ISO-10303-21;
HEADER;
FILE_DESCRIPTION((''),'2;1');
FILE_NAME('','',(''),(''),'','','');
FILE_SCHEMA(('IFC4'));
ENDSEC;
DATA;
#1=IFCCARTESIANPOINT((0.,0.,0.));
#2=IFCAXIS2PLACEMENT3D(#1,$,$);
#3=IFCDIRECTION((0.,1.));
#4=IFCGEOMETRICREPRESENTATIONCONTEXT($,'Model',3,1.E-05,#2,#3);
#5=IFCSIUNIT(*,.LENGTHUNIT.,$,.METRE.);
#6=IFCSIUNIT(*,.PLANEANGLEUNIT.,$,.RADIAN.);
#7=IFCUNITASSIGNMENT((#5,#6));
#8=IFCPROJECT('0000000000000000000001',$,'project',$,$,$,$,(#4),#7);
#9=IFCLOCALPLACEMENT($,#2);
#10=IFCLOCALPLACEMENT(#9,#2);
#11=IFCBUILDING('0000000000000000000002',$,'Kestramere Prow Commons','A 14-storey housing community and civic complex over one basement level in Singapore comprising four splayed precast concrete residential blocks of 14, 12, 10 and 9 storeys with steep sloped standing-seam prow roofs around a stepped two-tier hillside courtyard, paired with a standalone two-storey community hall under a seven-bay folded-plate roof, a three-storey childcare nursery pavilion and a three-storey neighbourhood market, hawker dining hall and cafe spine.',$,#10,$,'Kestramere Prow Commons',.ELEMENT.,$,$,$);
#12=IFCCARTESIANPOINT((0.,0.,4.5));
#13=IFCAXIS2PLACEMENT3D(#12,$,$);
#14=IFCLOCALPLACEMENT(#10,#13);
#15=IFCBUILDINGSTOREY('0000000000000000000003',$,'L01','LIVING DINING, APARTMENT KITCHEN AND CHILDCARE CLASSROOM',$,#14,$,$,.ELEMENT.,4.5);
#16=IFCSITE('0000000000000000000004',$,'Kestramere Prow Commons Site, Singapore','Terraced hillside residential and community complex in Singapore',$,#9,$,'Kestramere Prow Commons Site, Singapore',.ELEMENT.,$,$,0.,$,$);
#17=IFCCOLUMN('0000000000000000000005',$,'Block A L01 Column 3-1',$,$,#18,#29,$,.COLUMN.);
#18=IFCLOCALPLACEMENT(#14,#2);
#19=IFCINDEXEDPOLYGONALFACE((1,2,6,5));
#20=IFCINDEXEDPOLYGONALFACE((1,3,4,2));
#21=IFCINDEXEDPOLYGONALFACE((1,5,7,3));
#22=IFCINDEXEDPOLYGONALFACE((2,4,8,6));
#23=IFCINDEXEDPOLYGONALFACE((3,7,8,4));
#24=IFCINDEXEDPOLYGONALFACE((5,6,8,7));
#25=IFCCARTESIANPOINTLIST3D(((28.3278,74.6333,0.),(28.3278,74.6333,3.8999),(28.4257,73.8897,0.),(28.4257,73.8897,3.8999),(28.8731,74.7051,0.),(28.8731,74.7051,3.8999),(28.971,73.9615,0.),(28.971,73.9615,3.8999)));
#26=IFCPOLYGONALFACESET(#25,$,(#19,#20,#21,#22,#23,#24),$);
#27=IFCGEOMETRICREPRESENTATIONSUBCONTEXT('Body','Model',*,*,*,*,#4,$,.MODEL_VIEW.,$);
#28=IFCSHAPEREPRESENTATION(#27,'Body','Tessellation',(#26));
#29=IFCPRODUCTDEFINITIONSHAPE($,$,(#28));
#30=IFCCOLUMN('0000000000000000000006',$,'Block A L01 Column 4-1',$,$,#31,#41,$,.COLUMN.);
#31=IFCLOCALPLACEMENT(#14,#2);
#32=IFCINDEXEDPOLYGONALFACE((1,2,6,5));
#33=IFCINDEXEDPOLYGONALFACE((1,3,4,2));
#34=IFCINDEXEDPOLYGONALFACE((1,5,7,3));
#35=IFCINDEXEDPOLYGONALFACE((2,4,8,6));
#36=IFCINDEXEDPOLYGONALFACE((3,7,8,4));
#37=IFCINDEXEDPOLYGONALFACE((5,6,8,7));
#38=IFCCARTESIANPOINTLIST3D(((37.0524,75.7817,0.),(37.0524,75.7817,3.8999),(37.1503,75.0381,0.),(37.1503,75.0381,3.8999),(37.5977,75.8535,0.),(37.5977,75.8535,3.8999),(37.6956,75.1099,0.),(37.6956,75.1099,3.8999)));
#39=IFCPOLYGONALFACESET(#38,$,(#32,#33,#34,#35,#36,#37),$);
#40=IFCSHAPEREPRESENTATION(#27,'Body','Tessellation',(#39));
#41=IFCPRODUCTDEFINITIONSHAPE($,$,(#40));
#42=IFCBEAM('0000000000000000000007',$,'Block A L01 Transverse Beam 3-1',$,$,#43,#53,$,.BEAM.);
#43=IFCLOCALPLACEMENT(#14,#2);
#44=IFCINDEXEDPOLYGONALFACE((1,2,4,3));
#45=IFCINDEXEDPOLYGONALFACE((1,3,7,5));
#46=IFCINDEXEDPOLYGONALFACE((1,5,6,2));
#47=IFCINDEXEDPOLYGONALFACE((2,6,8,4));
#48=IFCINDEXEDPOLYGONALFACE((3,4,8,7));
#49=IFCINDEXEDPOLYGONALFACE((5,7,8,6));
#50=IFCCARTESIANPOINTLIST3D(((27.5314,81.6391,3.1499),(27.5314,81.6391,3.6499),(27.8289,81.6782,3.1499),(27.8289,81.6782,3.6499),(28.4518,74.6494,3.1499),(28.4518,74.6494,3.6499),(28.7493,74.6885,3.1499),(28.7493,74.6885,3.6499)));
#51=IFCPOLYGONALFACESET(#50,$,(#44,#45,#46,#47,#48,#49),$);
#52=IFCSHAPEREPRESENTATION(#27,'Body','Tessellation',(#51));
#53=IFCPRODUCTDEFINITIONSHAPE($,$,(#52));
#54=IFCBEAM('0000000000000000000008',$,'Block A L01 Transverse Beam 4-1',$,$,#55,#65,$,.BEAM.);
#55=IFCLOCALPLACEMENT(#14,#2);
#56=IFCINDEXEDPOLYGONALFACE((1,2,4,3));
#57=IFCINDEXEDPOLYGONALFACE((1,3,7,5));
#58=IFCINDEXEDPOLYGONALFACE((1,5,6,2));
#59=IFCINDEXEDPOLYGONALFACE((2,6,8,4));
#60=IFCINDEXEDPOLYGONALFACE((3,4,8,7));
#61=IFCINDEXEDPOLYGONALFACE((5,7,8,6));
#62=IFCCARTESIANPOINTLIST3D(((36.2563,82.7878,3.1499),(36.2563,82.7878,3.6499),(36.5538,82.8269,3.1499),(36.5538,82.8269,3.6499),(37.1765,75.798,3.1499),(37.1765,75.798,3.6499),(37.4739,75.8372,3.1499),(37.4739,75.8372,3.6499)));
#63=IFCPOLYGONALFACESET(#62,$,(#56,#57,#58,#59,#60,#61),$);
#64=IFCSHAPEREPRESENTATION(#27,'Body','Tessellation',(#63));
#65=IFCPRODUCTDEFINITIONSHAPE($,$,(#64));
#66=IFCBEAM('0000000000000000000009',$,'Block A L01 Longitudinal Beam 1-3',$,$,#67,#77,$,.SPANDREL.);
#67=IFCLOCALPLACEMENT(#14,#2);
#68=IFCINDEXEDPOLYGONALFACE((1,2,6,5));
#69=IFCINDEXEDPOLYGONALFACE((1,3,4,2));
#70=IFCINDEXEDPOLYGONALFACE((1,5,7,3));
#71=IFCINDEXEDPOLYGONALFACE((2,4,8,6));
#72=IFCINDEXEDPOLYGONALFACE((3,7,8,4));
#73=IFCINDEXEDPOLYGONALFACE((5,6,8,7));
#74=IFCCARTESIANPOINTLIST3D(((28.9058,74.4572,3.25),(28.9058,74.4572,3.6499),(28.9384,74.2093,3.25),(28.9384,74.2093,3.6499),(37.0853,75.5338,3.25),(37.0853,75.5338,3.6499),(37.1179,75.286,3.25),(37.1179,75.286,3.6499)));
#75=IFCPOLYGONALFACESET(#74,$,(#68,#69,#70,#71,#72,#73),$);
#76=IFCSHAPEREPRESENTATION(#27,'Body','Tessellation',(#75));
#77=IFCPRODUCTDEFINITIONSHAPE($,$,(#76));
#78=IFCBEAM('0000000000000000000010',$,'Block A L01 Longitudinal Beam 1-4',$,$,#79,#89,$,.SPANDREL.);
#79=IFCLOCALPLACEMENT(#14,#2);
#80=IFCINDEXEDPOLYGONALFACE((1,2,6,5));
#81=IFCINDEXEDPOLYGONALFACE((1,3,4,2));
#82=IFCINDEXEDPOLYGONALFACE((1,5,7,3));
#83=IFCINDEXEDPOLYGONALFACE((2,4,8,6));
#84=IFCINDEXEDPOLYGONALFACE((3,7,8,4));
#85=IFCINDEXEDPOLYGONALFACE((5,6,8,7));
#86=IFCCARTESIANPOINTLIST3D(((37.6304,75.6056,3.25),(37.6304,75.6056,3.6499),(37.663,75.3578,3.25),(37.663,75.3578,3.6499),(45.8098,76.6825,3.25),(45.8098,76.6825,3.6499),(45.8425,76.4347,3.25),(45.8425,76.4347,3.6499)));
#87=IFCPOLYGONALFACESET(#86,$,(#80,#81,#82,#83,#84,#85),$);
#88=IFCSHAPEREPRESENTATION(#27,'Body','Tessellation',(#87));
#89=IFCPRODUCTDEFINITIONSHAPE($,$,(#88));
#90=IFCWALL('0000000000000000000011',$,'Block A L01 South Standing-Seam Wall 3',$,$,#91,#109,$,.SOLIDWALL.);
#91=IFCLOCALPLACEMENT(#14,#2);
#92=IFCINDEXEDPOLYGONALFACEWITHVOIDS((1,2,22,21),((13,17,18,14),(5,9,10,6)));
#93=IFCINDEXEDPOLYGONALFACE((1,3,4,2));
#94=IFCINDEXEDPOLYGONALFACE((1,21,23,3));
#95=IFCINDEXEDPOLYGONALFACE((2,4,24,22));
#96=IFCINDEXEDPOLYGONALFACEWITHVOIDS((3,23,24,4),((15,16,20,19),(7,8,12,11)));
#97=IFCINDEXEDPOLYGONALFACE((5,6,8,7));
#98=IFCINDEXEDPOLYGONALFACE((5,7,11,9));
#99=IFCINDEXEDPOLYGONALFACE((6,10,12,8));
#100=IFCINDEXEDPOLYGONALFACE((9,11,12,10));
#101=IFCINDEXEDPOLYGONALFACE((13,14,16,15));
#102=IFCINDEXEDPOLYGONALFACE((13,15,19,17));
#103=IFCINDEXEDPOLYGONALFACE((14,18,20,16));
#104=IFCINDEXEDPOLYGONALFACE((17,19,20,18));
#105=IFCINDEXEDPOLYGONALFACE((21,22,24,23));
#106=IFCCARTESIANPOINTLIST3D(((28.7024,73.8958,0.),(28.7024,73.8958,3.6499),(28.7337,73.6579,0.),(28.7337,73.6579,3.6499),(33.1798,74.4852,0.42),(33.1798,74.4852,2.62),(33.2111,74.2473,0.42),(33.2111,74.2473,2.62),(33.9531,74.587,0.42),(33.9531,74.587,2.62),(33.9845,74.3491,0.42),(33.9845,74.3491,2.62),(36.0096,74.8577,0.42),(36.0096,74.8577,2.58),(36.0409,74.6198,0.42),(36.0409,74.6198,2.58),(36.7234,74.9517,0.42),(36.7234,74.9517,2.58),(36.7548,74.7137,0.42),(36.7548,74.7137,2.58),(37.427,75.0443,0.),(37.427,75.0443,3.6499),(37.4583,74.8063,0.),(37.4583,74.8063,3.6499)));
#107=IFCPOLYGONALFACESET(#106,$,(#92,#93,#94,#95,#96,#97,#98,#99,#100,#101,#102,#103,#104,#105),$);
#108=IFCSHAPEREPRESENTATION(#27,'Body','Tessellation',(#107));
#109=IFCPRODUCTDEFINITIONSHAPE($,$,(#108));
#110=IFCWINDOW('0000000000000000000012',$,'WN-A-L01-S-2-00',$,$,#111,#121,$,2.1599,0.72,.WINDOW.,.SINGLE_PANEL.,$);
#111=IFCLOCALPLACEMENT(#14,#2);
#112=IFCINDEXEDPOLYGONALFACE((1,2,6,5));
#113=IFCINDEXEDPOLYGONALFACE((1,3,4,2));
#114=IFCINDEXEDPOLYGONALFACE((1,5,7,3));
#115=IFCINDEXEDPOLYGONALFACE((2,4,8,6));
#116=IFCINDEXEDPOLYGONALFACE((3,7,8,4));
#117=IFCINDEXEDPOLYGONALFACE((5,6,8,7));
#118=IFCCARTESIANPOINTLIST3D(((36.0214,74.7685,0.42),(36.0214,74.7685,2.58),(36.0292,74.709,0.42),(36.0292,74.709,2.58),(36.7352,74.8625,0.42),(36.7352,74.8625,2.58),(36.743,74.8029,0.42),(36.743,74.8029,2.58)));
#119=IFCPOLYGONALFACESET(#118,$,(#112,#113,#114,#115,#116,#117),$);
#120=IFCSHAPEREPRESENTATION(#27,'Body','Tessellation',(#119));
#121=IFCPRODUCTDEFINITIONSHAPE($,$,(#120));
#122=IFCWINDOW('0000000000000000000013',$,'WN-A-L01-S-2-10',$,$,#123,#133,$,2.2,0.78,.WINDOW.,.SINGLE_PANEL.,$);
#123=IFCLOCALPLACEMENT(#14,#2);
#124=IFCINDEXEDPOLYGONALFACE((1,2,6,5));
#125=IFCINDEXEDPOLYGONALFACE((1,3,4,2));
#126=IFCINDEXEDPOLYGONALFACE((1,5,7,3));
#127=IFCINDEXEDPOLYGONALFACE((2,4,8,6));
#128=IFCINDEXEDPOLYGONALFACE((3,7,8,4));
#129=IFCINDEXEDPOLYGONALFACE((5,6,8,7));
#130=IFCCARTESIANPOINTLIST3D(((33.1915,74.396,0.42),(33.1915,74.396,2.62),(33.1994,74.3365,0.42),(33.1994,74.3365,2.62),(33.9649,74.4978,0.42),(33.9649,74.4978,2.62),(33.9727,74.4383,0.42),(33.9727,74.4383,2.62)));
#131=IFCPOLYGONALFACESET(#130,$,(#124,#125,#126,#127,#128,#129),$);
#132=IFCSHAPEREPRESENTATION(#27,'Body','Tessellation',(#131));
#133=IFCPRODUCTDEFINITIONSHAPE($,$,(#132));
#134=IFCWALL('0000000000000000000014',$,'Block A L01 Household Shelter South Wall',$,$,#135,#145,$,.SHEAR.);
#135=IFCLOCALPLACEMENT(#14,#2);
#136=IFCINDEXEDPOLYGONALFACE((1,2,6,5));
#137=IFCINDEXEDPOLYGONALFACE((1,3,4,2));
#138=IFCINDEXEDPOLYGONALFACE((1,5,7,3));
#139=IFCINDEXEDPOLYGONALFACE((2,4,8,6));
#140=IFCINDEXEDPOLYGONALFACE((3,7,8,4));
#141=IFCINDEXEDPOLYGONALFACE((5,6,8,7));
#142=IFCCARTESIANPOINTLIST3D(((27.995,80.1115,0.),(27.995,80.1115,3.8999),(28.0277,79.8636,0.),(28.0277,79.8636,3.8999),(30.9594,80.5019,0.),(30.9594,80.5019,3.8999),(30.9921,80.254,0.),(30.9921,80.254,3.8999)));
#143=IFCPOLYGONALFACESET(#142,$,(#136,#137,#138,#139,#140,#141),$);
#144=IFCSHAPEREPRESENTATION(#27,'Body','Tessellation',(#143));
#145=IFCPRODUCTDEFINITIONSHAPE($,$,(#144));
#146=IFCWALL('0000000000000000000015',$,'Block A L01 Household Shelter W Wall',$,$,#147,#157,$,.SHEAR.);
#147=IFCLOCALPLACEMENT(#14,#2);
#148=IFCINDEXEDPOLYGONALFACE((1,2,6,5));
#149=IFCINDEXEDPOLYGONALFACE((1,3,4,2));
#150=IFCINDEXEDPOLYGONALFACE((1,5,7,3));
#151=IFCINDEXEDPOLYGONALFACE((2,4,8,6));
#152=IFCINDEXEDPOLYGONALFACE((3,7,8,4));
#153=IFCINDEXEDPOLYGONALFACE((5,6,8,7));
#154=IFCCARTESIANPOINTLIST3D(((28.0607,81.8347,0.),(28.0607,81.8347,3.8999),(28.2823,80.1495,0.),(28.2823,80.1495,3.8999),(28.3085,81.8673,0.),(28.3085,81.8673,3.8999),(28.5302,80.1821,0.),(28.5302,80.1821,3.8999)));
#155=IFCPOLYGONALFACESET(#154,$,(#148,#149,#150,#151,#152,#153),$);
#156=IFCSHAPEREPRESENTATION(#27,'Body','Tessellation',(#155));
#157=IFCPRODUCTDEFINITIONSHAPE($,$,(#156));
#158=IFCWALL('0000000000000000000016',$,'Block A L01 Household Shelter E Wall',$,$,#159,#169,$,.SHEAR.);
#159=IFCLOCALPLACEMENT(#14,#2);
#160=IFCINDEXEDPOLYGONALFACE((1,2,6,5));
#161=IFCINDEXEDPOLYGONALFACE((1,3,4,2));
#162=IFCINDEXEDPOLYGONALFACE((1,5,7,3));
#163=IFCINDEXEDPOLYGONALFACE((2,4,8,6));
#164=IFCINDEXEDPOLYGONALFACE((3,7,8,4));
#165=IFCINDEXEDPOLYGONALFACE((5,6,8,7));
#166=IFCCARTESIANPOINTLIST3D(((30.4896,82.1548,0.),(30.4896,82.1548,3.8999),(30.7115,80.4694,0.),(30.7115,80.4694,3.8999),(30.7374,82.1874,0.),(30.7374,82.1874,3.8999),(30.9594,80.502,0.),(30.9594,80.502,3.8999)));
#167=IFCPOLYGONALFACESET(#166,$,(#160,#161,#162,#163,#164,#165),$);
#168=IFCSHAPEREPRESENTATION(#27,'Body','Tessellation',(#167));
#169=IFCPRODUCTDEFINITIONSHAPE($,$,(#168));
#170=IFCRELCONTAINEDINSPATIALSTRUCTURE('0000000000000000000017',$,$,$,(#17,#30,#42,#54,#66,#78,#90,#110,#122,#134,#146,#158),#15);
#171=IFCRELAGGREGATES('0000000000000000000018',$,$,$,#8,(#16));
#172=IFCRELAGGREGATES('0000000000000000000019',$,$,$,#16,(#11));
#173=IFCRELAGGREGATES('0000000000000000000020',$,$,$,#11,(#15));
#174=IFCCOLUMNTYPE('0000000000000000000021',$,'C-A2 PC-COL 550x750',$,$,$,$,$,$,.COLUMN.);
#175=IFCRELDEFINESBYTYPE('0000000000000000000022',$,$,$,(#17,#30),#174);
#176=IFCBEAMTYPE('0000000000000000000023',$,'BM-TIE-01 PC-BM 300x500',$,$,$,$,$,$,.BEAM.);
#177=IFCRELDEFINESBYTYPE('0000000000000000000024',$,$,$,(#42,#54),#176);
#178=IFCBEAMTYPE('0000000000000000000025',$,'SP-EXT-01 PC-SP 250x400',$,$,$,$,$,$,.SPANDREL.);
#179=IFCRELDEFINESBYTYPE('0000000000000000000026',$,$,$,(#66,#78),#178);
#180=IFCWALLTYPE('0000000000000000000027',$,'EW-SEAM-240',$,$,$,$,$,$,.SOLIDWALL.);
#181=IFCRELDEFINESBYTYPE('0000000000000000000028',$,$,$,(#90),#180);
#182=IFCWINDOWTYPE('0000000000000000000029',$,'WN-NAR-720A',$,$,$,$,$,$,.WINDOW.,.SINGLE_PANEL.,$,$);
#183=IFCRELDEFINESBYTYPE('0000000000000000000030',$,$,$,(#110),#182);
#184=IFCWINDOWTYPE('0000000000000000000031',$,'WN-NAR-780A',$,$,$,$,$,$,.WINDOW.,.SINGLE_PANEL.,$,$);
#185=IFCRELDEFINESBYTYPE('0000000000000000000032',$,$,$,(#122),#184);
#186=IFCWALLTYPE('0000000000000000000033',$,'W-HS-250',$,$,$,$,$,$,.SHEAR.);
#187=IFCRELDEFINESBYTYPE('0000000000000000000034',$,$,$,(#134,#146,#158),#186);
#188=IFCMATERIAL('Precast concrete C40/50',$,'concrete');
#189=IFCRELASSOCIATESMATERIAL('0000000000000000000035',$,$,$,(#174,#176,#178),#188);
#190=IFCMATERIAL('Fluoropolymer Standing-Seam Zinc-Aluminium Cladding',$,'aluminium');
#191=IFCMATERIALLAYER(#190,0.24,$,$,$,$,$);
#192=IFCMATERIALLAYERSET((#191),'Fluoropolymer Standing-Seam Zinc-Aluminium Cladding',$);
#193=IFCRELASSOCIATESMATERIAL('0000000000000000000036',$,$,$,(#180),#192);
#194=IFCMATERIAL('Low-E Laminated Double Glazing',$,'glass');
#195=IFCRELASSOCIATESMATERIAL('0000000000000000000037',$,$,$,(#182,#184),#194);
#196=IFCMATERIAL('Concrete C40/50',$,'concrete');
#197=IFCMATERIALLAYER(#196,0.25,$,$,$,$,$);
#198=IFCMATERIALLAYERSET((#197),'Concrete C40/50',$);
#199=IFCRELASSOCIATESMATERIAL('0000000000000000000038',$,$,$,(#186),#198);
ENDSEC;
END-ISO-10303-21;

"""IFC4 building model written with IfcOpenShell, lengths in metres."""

from ifc_helpers import new_model, si_unit, direction, frame, frame_2d, origin, origin_2d, place, context, subcontext, project, spatial, rectangle, extrude, material, layer, layer_set, material_profile, profile_set, type_object, element, fill, save


model = new_model("IFC4")

# Units and contexts
model_context = context("Model", 3, precision=1e-05, world=origin(), true_north=direction((0.0, 1.0)))
body_context = subcontext(model_context, "Body", "Model", "MODEL_VIEW")
ifc_project = project(units=[si_unit("LENGTHUNIT", "METRE"), si_unit("PLANEANGLEUNIT", "RADIAN")], contexts=[model_context])

# Site, building, storey
site_placement = place(None, origin())
site = spatial("IfcSite", under=ifc_project, at=site_placement, Name="Kestramere Prow Commons Site, Singapore", Description="Terraced hillside residential and community complex in Singapore", LongName="Kestramere Prow Commons Site, Singapore", CompositionType="ELEMENT", RefElevation=0.0)
building_placement = place(site_placement, origin())
building = spatial("IfcBuilding", under=site, at=building_placement, Name="Kestramere Prow Commons", Description="A 14-storey housing community and civic complex over one basement level in Singapore comprising four splayed precast concrete residential blocks of 14, 12, 10 and 9 storeys with steep sloped standing-seam prow roofs around a stepped two-tier hillside courtyard, paired with a standalone two-storey community hall under a seven-bay folded-plate roof, a three-storey childcare nursery pavilion and a three-storey neighbourhood market, hawker dining hall and cafe spine.", LongName="Kestramere Prow Commons", CompositionType="ELEMENT")
storey_placement = place(building_placement, frame((0.0, 0.0, 4.5)))
storey = spatial("IfcBuildingStorey", under=building, at=storey_placement, Name="L01", Description="LIVING DINING, APARTMENT KITCHEN AND CHILDCARE CLASSROOM", CompositionType="ELEMENT", Elevation=4.5)

# Columns
ifc_material_1 = material(Name="Precast concrete C40/50", Category="concrete")
ifc_material_profile_1 = material_profile(ifc_material_1, rectangle(XDim=0.55, YDim=0.75, at=origin_2d()), Name="PC-COL 550x750")
ifc_profile_set_1 = profile_set([ifc_material_profile_1], Name="Precast concrete C40/50")
column_type = type_object("IfcColumnType", Name="C-A2 PC-COL 550x750", PredefinedType="COLUMN", material=ifc_profile_set_1)
for number, where, z_axis, x_axis, name in (
    (1, (28.6494, 74.2974, 0.0), (0.0, 0.0, 1.0), (0.991445, 0.130526, 0.0), "Block A L01 Column 3-1"),
    (2, (37.374, 75.4458, 0.0), (0.0, 0.0, 1.0), (0.991445, 0.130526, 0.0), "Block A L01 Column 4-1"),
):
    element("IfcColumn", number, at=place(storey_placement, frame(where, z_axis=z_axis, x_axis=x_axis)), inside=storey, type_object=column_type, Name=name, PredefinedType="COLUMN", context=body_context, shape_type="SweptSolid", body=[
        extrude(rectangle(XDim=0.55, YDim=0.75, at=origin_2d()), origin(), (0.0, 0.0, 1.0), 3.8999),
    ])

# Beams
ifc_material_profile_2 = material_profile(ifc_material_1, rectangle(XDim=0.3, YDim=0.5, at=origin_2d()), Name="PC-BM 300x500")
ifc_profile_set_2 = profile_set([ifc_material_profile_2], Name="Precast concrete C40/50")
beam_type_1 = type_object("IfcBeamType", Name="BM-TIE-01 PC-BM 300x500", PredefinedType="BEAM", material=ifc_profile_set_2)
for number, where, z_axis, x_axis, name in (
    (3, (28.6006, 74.6689, 3.3999), (-0.130553, 0.991441, 0.0), (-0.991441, -0.130553, 0.0), "Block A L01 Transverse Beam 3-1"),
    (4, (37.3252, 75.8176, 3.3999), (-0.130519, 0.991446, 0.0), (-0.991446, -0.130519, 0.0), "Block A L01 Transverse Beam 4-1"),
):
    element("IfcBeam", number, at=place(storey_placement, frame(where, z_axis=z_axis, x_axis=x_axis)), inside=storey, type_object=beam_type_1, Name=name, PredefinedType="BEAM", context=body_context, shape_type="SweptSolid", body=[
        extrude(rectangle(XDim=0.3, YDim=0.5, at=origin_2d()), origin(), (0.0, 0.0, 1.0), 7.05),
    ])
ifc_material_profile_3 = material_profile(ifc_material_1, rectangle(XDim=0.25, YDim=0.3999, at=origin_2d()), Name="PC-SP 250x400")
ifc_profile_set_3 = profile_set([ifc_material_profile_3], Name="Precast concrete C40/50")
beam_type_2 = type_object("IfcBeamType", Name="SP-EXT-01 PC-SP 250x400", PredefinedType="SPANDREL", material=ifc_profile_set_3)
for number, where, z_axis, x_axis, name in (
    (5, (28.9221, 74.3333, 3.45), (0.991448, 0.130504, 0.0), (-0.130504, 0.991448, 0.0), "Block A L01 Longitudinal Beam 1-3"),
    (6, (37.6467, 75.4817, 3.45), (0.991444, 0.130533, 0.0), (-0.130533, 0.991444, 0.0), "Block A L01 Longitudinal Beam 1-4"),
):
    element("IfcBeam", number, at=place(storey_placement, frame(where, z_axis=z_axis, x_axis=x_axis)), inside=storey, type_object=beam_type_2, Name=name, PredefinedType="SPANDREL", context=body_context, shape_type="SweptSolid", body=[
        extrude(rectangle(XDim=0.25, YDim=0.3999, at=origin_2d()), origin(), (0.0, 0.0, 1.0), 8.25),
    ])

# Shared definitions
ifc_material_2 = material(Name="Fluoropolymer Standing-Seam Zinc-Aluminium Cladding", Category="aluminium")
ifc_layer_1 = layer(ifc_material_2, 0.24)
ifc_layer_set_1 = layer_set([ifc_layer_1], Name="Fluoropolymer Standing-Seam Zinc-Aluminium Cladding")
wall_type_1 = type_object("IfcWallType", Name="EW-SEAM-240", PredefinedType="SOLIDWALL", material=ifc_layer_set_1)
ifc_material_3 = material(Name="Low-E Laminated Double Glazing", Category="glass")

# Wall, openings, windows
wall_1_placement = place(storey_placement, frame((37.4426, 74.9253, 0.0), z_axis=(0.0, 0.0, 1.0), x_axis=(-0.991447, -0.130506, 0.0)))
wall_1 = element("IfcWall", 7, at=wall_1_placement, inside=storey, type_object=wall_type_1, Name="Block A L01 South Standing-Seam Wall 3", PredefinedType="SOLIDWALL", context=body_context, shape_type="SweptSolid", body=[
    extrude(rectangle(XDim=8.7998, YDim=0.24, at=frame_2d((4.3999, 0.0))), origin(), (0.0, 0.0, 1.0), 3.6499),
])
opening_1_placement = place(wall_1_placement, frame((0.7097, 0.0, 0.4199)))
opening_1 = element("IfcOpeningElement", 8, at=opening_1_placement, cuts=wall_1, PredefinedType="OPENING", context=body_context, shape_type="SweptSolid", body=[
    extrude(rectangle(XDim=0.72, YDim=2.1599, at=frame_2d((0.3599, 1.0801))), frame((0.0, 0.135, 0.0), z_axis=(0.0, -1.0, 0.0), x_axis=(1.0, 0.0, 0.0)), (0.0, 0.0, 1.0), 0.27),
])
opening_2_placement = place(wall_1_placement, frame((3.5037, 0.0, 0.4199)))
opening_2 = element("IfcOpeningElement", 9, at=opening_2_placement, cuts=wall_1, PredefinedType="OPENING", context=body_context, shape_type="SweptSolid", body=[
    extrude(rectangle(XDim=0.78, YDim=2.2, at=frame_2d((0.3901, 1.1001))), frame((0.0, 0.135, 0.0), z_axis=(0.0, -1.0, 0.0), x_axis=(1.0, 0.0, 0.0)), (0.0, 0.0, 1.0), 0.27),
])
window_type_1 = type_object("IfcWindowType", Name="WN-NAR-720A", PartitioningType="SINGLE_PANEL", PredefinedType="WINDOW", material=ifc_material_3)
window_1_placement = place(opening_1_placement, origin())
window_1 = element("IfcWindow", 10, at=window_1_placement, inside=storey, type_object=window_type_1, Name="WN-A-L01-S-2-00", OverallHeight=2.1599, OverallWidth=0.72, PartitioningType="SINGLE_PANEL", PredefinedType="WINDOW", context=body_context, shape_type="SweptSolid", body=[
    extrude(rectangle(XDim=0.72, YDim=2.1599, at=frame_2d((0.3599, 1.0801))), frame((0.0, 0.03, 0.0), z_axis=(0.0, -1.0, 0.0), x_axis=(1.0, 0.0, 0.0)), (0.0, 0.0, 1.0), 0.0601),
])
fill(opening_1, window_1)
window_type_2 = type_object("IfcWindowType", Name="WN-NAR-780A", PartitioningType="SINGLE_PANEL", PredefinedType="WINDOW", material=ifc_material_3)
window_2_placement = place(opening_2_placement, origin())
window_2 = element("IfcWindow", 11, at=window_2_placement, inside=storey, type_object=window_type_2, Name="WN-A-L01-S-2-10", OverallHeight=2.2, OverallWidth=0.78, PartitioningType="SINGLE_PANEL", PredefinedType="WINDOW", context=body_context, shape_type="SweptSolid", body=[
    extrude(rectangle(XDim=0.78, YDim=2.2, at=frame_2d((0.3901, 1.1001))), frame((0.0, 0.03, 0.0), z_axis=(0.0, -1.0, 0.0), x_axis=(1.0, 0.0, 0.0)), (0.0, 0.0, 1.0), 0.0601),
])
fill(opening_2, window_2)

# Walls
ifc_material_4 = material(Name="Concrete C40/50", Category="concrete")
ifc_layer_2 = layer(ifc_material_4, 0.25)
ifc_layer_set_2 = layer_set([ifc_layer_2], Name="Concrete C40/50")
wall_type_2 = type_object("IfcWallType", Name="W-HS-250", PredefinedType="SHEAR", material=ifc_layer_set_2)
wall_2_placement = place(storey_placement, frame((28.0112, 79.9875, 0.0), z_axis=(0.0, 0.0, 1.0), x_axis=(0.99144, 0.130564, 0.0)))
element("IfcWall", 12, at=wall_2_placement, inside=storey, type_object=wall_type_2, Name="Block A L01 Household Shelter South Wall", PredefinedType="SHEAR", context=body_context, shape_type="SweptSolid", body=[
    extrude(rectangle(XDim=2.99, YDim=0.25, at=frame_2d((1.4951, 0.0))), origin(), (0.0, 0.0, 1.0), 3.8999),
])
wall_3_placement = place(storey_placement, frame((28.4062, 80.1658, 0.0), z_axis=(0.0, 0.0, 1.0), x_axis=(-0.130414, 0.99146, 0.0)))
element("IfcWall", 13, at=wall_3_placement, inside=storey, type_object=wall_type_2, Name="Block A L01 Household Shelter W Wall", PredefinedType="SHEAR", context=body_context, shape_type="SweptSolid", body=[
    extrude(rectangle(XDim=1.6997, YDim=0.25, at=frame_2d((0.8499, 0.0))), origin(), (0.0, 0.0, 1.0), 3.8999),
])
wall_4_placement = place(storey_placement, frame((30.8354, 80.4856, 0.0), z_axis=(0.0, 0.0, 1.0), x_axis=(-0.130555, 0.991441, 0.0)))
element("IfcWall", 14, at=wall_4_placement, inside=storey, type_object=wall_type_2, Name="Block A L01 Household Shelter E Wall", PredefinedType="SHEAR", context=body_context, shape_type="SweptSolid", body=[
    extrude(rectangle(XDim=1.7, YDim=0.25, at=frame_2d((0.8501, 0.0))), origin(), (0.0, 0.0, 1.0), 3.8999),
])

save(model, "model.ifc")
